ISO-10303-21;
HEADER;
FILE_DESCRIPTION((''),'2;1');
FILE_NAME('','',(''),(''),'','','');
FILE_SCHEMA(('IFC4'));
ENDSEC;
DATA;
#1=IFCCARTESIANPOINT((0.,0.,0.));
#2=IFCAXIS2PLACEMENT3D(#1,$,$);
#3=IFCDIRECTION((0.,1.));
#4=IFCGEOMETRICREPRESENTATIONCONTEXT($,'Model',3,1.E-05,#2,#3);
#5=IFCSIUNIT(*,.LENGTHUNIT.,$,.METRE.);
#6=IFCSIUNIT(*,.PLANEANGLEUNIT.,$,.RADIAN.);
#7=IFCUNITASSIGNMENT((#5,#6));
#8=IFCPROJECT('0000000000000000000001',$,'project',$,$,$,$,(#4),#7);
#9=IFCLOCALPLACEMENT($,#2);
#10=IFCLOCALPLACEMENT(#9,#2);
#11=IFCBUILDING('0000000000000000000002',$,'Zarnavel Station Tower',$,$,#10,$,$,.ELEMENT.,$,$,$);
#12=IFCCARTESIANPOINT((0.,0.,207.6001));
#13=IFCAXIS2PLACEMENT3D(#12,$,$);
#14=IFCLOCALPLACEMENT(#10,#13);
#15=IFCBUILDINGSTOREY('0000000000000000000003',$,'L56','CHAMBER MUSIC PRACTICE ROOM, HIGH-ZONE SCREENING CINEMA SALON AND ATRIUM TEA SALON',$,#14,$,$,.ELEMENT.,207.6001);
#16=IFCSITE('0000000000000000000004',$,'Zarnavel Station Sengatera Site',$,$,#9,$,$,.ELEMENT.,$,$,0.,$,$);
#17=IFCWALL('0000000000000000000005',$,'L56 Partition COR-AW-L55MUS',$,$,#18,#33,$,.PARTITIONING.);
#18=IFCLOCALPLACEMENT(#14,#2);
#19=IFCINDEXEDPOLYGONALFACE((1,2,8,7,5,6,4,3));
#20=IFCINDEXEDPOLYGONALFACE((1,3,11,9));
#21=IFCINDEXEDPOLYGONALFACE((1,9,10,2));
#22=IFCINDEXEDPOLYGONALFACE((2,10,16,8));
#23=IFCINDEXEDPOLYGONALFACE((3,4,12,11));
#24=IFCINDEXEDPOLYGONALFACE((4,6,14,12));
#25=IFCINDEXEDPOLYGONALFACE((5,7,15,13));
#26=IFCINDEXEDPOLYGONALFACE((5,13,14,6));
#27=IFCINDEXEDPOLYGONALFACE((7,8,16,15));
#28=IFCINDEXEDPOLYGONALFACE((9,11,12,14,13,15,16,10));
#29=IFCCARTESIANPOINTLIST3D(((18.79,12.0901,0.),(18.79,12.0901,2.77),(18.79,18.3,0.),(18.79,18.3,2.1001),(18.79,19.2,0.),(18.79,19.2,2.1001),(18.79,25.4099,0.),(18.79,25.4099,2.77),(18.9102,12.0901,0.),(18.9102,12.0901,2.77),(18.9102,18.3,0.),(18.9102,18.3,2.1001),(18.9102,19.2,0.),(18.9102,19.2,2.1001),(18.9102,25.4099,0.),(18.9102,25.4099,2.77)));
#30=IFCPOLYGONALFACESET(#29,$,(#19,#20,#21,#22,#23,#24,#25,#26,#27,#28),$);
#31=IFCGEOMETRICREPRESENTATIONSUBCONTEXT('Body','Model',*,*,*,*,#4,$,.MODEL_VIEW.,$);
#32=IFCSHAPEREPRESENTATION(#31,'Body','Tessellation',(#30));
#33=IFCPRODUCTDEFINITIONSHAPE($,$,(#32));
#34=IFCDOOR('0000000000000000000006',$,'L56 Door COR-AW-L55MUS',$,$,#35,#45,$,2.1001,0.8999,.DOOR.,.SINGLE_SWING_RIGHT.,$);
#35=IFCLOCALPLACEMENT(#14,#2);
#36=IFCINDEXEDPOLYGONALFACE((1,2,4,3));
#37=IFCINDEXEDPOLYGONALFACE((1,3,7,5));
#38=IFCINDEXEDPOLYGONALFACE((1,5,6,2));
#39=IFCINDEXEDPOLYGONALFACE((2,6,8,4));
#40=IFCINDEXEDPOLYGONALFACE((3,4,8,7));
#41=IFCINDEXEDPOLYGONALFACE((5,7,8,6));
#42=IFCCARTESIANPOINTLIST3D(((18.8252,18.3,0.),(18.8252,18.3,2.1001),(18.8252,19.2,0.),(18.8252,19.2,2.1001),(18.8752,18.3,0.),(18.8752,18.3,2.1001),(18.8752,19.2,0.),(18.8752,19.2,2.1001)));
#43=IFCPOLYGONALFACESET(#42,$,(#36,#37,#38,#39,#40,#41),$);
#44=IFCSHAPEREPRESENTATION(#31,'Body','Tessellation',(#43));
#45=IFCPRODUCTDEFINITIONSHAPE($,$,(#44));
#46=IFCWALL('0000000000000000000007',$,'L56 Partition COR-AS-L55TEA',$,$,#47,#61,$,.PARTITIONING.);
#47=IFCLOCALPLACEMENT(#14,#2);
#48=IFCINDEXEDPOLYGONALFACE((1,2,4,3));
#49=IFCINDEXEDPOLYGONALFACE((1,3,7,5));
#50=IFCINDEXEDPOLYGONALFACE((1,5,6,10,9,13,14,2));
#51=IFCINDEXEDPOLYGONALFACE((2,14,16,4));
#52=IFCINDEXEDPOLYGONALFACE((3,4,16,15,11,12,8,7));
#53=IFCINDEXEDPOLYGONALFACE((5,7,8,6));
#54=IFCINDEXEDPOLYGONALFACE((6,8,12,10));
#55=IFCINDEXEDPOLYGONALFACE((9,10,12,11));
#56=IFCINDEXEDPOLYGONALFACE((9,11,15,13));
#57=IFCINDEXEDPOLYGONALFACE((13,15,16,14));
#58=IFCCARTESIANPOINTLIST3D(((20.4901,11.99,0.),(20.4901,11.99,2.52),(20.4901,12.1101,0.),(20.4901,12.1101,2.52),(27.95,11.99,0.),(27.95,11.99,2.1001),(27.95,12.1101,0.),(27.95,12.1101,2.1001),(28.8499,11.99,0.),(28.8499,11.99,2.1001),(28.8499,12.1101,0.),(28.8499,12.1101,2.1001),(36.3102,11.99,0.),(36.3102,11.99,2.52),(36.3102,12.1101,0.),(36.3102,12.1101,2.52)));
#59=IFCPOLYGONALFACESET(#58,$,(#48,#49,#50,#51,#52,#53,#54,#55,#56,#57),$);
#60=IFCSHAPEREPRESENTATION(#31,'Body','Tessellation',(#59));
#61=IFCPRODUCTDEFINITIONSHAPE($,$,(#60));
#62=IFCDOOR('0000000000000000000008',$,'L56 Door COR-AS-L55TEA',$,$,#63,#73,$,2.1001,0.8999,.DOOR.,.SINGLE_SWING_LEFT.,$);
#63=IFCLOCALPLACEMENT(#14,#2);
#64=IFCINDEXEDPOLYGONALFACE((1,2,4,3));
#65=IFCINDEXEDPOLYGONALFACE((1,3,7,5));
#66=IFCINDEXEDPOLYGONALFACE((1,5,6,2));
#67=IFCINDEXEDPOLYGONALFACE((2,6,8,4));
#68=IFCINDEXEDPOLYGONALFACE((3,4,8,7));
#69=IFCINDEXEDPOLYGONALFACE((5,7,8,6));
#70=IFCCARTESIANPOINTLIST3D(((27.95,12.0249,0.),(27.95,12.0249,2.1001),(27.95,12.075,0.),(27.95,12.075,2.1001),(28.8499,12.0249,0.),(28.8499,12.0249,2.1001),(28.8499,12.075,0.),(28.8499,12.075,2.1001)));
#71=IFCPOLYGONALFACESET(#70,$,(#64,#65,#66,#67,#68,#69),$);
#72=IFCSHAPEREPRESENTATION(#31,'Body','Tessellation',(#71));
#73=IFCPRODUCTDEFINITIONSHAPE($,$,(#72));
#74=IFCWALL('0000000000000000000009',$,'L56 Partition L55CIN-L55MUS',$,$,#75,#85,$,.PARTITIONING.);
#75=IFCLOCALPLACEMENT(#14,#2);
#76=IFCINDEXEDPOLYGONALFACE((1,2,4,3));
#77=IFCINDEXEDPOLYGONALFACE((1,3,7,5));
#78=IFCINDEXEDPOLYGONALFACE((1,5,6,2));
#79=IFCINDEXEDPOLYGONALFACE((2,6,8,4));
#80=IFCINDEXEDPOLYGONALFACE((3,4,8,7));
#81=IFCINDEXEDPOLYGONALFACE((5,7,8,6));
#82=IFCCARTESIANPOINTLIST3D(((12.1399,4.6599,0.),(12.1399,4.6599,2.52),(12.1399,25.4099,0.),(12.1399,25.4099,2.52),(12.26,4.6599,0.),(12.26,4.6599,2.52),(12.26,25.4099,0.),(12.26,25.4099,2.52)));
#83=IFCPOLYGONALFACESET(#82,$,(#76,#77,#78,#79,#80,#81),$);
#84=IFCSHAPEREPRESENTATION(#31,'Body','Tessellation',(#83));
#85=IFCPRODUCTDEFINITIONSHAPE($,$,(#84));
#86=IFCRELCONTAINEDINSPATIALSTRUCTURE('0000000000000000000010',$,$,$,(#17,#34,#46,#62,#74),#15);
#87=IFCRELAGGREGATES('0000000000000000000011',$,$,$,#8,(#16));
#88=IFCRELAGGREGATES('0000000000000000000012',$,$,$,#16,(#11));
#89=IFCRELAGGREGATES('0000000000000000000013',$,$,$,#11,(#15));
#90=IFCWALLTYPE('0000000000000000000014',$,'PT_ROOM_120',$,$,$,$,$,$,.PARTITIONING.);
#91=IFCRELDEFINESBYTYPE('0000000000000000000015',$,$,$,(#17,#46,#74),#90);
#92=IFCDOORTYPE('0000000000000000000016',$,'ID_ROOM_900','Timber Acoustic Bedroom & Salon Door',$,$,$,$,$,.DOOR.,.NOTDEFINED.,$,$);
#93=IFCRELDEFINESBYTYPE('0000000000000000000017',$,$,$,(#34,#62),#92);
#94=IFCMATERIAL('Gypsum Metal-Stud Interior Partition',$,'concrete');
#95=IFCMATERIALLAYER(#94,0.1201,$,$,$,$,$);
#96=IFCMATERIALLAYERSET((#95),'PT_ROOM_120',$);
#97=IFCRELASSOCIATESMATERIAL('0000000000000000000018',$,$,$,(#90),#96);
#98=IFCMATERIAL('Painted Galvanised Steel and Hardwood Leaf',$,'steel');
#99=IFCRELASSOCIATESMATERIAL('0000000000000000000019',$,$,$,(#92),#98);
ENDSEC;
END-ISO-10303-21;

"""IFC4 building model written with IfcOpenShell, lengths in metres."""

from ifc_helpers import new_model, si_unit, direction, frame, frame_2d, origin, place, context, subcontext, project, spatial, rectangle, extrude, material, layer, layer_set, type_object, element, fill, save


model = new_model("IFC4")

# Units and contexts
model_context = context("Model", 3, precision=1e-05, world=origin(), true_north=direction((0.0, 1.0)))
body_context = subcontext(model_context, "Body", "Model", "MODEL_VIEW")
ifc_project = project(units=[si_unit("LENGTHUNIT", "METRE"), si_unit("PLANEANGLEUNIT", "RADIAN")], contexts=[model_context])

# Site, building, storey
site_placement = place(None, origin())
site = spatial("IfcSite", under=ifc_project, at=site_placement, Name="Zarnavel Station Sengatera Site", CompositionType="ELEMENT", RefElevation=0.0)
building_placement = place(site_placement, origin())
building = spatial("IfcBuilding", under=site, at=building_placement, Name="Zarnavel Station Tower", CompositionType="ELEMENT")
storey_placement = place(building_placement, frame((0.0, 0.0, 207.6001)))
storey = spatial("IfcBuildingStorey", under=building, at=storey_placement, Name="L56", Description="CHAMBER MUSIC PRACTICE ROOM, HIGH-ZONE SCREENING CINEMA SALON AND ATRIUM TEA SALON", CompositionType="ELEMENT", Elevation=207.6001)

# Walls, openings, doors
ifc_material_1 = material(Name="Gypsum Metal-Stud Interior Partition", Category="concrete")
ifc_layer_1 = layer(ifc_material_1, 0.1201)
ifc_layer_set_1 = layer_set([ifc_layer_1], Name="PT_ROOM_120")
wall_type_1 = type_object("IfcWallType", Name="PT_ROOM_120", PredefinedType="PARTITIONING", material=ifc_layer_set_1)
wall_1_placement = place(storey_placement, frame((18.8501, 12.0901, 0.0), z_axis=(0.0, 0.0, 1.0), x_axis=(0.0, 1.0, 0.0)))
wall_1 = element("IfcWall", 1, at=wall_1_placement, inside=storey, type_object=wall_type_1, Name="L56 Partition COR-AW-L55MUS", PredefinedType="PARTITIONING", context=body_context, shape_type="SweptSolid", body=[
    extrude(rectangle(XDim=13.3198, YDim=0.1201, at=frame_2d((6.6599, 0.0))), origin(), (0.0, 0.0, 1.0), 2.77),
])
opening_1_placement = place(wall_1_placement, frame((6.21, 0.0, 0.0)))
opening_1 = element("IfcOpeningElement", 2, at=opening_1_placement, cuts=wall_1, PredefinedType="OPENING", context=body_context, shape_type="SweptSolid", body=[
    extrude(rectangle(XDim=0.8999, YDim=2.1001, at=frame_2d((0.45, 1.05))), frame((0.0, 0.0701, 0.0), z_axis=(0.0, -1.0, 0.0), x_axis=(1.0, 0.0, 0.0)), (0.0, 0.0, 1.0), 0.1401),
])
ifc_material_2 = material(Name="Painted Galvanised Steel and Hardwood Leaf", Category="steel")
door_type = type_object("IfcDoorType", Name="ID_ROOM_900", Description="Timber Acoustic Bedroom & Salon Door", OperationType="NOTDEFINED", PredefinedType="DOOR", material=ifc_material_2)
door_1_placement = place(opening_1_placement, origin())
door_1 = element("IfcDoor", 3, at=door_1_placement, inside=storey, type_object=door_type, Name="L56 Door COR-AW-L55MUS", OperationType="SINGLE_SWING_RIGHT", OverallHeight=2.1001, OverallWidth=0.8999, PredefinedType="DOOR", context=body_context, shape_type="SweptSolid", body=[
    extrude(rectangle(XDim=0.8999, YDim=2.1001, at=frame_2d((0.45, 1.05))), frame((0.0, 0.0249, 0.0), z_axis=(0.0, -1.0, 0.0), x_axis=(1.0, 0.0, 0.0)), (0.0, 0.0, 1.0), 0.05),
])
fill(opening_1, door_1)
wall_2_placement = place(storey_placement, frame((20.49, 12.05, 0.0), z_axis=(0.0, 0.0, 1.0), x_axis=(1.0, 0.0, 0.0)))
wall_2 = element("IfcWall", 4, at=wall_2_placement, inside=storey, type_object=wall_type_1, Name="L56 Partition COR-AS-L55TEA", PredefinedType="PARTITIONING", context=body_context, shape_type="SweptSolid", body=[
    extrude(rectangle(XDim=15.8201, YDim=0.1201, at=frame_2d((7.9102, 0.0))), origin(), (0.0, 0.0, 1.0), 2.52),
])
opening_2_placement = place(wall_2_placement, frame((7.46, 0.0, 0.0)))
opening_2 = element("IfcOpeningElement", 5, at=opening_2_placement, cuts=wall_2, PredefinedType="OPENING", context=body_context, shape_type="SweptSolid", body=[
    extrude(rectangle(XDim=0.8999, YDim=2.1001, at=frame_2d((0.45, 1.05))), frame((0.0, 0.0701, 0.0), z_axis=(0.0, -1.0, 0.0), x_axis=(1.0, 0.0, 0.0)), (0.0, 0.0, 1.0), 0.1401),
])
door_2_placement = place(opening_2_placement, origin())
door_2 = element("IfcDoor", 6, at=door_2_placement, inside=storey, type_object=door_type, Name="L56 Door COR-AS-L55TEA", OperationType="SINGLE_SWING_LEFT", OverallHeight=2.1001, OverallWidth=0.8999, PredefinedType="DOOR", context=body_context, shape_type="SweptSolid", body=[
    extrude(rectangle(XDim=0.8999, YDim=2.1001, at=frame_2d((0.45, 1.05))), frame((0.0, 0.0249, 0.0), z_axis=(0.0, -1.0, 0.0), x_axis=(1.0, 0.0, 0.0)), (0.0, 0.0, 1.0), 0.05),
])
fill(opening_2, door_2)

# Wall
wall_3_placement = place(storey_placement, frame((12.2, 4.6599, 0.0), z_axis=(0.0, 0.0, 1.0), x_axis=(0.0, 1.0, 0.0)))
element("IfcWall", 7, at=wall_3_placement, inside=storey, type_object=wall_type_1, Name="L56 Partition L55CIN-L55MUS", PredefinedType="PARTITIONING", context=body_context, shape_type="SweptSolid", body=[
    extrude(rectangle(XDim=20.75, YDim=0.1201, at=frame_2d((10.375, 0.0))), origin(), (0.0, 0.0, 1.0), 2.52),
])

save(model, "model.ifc")
